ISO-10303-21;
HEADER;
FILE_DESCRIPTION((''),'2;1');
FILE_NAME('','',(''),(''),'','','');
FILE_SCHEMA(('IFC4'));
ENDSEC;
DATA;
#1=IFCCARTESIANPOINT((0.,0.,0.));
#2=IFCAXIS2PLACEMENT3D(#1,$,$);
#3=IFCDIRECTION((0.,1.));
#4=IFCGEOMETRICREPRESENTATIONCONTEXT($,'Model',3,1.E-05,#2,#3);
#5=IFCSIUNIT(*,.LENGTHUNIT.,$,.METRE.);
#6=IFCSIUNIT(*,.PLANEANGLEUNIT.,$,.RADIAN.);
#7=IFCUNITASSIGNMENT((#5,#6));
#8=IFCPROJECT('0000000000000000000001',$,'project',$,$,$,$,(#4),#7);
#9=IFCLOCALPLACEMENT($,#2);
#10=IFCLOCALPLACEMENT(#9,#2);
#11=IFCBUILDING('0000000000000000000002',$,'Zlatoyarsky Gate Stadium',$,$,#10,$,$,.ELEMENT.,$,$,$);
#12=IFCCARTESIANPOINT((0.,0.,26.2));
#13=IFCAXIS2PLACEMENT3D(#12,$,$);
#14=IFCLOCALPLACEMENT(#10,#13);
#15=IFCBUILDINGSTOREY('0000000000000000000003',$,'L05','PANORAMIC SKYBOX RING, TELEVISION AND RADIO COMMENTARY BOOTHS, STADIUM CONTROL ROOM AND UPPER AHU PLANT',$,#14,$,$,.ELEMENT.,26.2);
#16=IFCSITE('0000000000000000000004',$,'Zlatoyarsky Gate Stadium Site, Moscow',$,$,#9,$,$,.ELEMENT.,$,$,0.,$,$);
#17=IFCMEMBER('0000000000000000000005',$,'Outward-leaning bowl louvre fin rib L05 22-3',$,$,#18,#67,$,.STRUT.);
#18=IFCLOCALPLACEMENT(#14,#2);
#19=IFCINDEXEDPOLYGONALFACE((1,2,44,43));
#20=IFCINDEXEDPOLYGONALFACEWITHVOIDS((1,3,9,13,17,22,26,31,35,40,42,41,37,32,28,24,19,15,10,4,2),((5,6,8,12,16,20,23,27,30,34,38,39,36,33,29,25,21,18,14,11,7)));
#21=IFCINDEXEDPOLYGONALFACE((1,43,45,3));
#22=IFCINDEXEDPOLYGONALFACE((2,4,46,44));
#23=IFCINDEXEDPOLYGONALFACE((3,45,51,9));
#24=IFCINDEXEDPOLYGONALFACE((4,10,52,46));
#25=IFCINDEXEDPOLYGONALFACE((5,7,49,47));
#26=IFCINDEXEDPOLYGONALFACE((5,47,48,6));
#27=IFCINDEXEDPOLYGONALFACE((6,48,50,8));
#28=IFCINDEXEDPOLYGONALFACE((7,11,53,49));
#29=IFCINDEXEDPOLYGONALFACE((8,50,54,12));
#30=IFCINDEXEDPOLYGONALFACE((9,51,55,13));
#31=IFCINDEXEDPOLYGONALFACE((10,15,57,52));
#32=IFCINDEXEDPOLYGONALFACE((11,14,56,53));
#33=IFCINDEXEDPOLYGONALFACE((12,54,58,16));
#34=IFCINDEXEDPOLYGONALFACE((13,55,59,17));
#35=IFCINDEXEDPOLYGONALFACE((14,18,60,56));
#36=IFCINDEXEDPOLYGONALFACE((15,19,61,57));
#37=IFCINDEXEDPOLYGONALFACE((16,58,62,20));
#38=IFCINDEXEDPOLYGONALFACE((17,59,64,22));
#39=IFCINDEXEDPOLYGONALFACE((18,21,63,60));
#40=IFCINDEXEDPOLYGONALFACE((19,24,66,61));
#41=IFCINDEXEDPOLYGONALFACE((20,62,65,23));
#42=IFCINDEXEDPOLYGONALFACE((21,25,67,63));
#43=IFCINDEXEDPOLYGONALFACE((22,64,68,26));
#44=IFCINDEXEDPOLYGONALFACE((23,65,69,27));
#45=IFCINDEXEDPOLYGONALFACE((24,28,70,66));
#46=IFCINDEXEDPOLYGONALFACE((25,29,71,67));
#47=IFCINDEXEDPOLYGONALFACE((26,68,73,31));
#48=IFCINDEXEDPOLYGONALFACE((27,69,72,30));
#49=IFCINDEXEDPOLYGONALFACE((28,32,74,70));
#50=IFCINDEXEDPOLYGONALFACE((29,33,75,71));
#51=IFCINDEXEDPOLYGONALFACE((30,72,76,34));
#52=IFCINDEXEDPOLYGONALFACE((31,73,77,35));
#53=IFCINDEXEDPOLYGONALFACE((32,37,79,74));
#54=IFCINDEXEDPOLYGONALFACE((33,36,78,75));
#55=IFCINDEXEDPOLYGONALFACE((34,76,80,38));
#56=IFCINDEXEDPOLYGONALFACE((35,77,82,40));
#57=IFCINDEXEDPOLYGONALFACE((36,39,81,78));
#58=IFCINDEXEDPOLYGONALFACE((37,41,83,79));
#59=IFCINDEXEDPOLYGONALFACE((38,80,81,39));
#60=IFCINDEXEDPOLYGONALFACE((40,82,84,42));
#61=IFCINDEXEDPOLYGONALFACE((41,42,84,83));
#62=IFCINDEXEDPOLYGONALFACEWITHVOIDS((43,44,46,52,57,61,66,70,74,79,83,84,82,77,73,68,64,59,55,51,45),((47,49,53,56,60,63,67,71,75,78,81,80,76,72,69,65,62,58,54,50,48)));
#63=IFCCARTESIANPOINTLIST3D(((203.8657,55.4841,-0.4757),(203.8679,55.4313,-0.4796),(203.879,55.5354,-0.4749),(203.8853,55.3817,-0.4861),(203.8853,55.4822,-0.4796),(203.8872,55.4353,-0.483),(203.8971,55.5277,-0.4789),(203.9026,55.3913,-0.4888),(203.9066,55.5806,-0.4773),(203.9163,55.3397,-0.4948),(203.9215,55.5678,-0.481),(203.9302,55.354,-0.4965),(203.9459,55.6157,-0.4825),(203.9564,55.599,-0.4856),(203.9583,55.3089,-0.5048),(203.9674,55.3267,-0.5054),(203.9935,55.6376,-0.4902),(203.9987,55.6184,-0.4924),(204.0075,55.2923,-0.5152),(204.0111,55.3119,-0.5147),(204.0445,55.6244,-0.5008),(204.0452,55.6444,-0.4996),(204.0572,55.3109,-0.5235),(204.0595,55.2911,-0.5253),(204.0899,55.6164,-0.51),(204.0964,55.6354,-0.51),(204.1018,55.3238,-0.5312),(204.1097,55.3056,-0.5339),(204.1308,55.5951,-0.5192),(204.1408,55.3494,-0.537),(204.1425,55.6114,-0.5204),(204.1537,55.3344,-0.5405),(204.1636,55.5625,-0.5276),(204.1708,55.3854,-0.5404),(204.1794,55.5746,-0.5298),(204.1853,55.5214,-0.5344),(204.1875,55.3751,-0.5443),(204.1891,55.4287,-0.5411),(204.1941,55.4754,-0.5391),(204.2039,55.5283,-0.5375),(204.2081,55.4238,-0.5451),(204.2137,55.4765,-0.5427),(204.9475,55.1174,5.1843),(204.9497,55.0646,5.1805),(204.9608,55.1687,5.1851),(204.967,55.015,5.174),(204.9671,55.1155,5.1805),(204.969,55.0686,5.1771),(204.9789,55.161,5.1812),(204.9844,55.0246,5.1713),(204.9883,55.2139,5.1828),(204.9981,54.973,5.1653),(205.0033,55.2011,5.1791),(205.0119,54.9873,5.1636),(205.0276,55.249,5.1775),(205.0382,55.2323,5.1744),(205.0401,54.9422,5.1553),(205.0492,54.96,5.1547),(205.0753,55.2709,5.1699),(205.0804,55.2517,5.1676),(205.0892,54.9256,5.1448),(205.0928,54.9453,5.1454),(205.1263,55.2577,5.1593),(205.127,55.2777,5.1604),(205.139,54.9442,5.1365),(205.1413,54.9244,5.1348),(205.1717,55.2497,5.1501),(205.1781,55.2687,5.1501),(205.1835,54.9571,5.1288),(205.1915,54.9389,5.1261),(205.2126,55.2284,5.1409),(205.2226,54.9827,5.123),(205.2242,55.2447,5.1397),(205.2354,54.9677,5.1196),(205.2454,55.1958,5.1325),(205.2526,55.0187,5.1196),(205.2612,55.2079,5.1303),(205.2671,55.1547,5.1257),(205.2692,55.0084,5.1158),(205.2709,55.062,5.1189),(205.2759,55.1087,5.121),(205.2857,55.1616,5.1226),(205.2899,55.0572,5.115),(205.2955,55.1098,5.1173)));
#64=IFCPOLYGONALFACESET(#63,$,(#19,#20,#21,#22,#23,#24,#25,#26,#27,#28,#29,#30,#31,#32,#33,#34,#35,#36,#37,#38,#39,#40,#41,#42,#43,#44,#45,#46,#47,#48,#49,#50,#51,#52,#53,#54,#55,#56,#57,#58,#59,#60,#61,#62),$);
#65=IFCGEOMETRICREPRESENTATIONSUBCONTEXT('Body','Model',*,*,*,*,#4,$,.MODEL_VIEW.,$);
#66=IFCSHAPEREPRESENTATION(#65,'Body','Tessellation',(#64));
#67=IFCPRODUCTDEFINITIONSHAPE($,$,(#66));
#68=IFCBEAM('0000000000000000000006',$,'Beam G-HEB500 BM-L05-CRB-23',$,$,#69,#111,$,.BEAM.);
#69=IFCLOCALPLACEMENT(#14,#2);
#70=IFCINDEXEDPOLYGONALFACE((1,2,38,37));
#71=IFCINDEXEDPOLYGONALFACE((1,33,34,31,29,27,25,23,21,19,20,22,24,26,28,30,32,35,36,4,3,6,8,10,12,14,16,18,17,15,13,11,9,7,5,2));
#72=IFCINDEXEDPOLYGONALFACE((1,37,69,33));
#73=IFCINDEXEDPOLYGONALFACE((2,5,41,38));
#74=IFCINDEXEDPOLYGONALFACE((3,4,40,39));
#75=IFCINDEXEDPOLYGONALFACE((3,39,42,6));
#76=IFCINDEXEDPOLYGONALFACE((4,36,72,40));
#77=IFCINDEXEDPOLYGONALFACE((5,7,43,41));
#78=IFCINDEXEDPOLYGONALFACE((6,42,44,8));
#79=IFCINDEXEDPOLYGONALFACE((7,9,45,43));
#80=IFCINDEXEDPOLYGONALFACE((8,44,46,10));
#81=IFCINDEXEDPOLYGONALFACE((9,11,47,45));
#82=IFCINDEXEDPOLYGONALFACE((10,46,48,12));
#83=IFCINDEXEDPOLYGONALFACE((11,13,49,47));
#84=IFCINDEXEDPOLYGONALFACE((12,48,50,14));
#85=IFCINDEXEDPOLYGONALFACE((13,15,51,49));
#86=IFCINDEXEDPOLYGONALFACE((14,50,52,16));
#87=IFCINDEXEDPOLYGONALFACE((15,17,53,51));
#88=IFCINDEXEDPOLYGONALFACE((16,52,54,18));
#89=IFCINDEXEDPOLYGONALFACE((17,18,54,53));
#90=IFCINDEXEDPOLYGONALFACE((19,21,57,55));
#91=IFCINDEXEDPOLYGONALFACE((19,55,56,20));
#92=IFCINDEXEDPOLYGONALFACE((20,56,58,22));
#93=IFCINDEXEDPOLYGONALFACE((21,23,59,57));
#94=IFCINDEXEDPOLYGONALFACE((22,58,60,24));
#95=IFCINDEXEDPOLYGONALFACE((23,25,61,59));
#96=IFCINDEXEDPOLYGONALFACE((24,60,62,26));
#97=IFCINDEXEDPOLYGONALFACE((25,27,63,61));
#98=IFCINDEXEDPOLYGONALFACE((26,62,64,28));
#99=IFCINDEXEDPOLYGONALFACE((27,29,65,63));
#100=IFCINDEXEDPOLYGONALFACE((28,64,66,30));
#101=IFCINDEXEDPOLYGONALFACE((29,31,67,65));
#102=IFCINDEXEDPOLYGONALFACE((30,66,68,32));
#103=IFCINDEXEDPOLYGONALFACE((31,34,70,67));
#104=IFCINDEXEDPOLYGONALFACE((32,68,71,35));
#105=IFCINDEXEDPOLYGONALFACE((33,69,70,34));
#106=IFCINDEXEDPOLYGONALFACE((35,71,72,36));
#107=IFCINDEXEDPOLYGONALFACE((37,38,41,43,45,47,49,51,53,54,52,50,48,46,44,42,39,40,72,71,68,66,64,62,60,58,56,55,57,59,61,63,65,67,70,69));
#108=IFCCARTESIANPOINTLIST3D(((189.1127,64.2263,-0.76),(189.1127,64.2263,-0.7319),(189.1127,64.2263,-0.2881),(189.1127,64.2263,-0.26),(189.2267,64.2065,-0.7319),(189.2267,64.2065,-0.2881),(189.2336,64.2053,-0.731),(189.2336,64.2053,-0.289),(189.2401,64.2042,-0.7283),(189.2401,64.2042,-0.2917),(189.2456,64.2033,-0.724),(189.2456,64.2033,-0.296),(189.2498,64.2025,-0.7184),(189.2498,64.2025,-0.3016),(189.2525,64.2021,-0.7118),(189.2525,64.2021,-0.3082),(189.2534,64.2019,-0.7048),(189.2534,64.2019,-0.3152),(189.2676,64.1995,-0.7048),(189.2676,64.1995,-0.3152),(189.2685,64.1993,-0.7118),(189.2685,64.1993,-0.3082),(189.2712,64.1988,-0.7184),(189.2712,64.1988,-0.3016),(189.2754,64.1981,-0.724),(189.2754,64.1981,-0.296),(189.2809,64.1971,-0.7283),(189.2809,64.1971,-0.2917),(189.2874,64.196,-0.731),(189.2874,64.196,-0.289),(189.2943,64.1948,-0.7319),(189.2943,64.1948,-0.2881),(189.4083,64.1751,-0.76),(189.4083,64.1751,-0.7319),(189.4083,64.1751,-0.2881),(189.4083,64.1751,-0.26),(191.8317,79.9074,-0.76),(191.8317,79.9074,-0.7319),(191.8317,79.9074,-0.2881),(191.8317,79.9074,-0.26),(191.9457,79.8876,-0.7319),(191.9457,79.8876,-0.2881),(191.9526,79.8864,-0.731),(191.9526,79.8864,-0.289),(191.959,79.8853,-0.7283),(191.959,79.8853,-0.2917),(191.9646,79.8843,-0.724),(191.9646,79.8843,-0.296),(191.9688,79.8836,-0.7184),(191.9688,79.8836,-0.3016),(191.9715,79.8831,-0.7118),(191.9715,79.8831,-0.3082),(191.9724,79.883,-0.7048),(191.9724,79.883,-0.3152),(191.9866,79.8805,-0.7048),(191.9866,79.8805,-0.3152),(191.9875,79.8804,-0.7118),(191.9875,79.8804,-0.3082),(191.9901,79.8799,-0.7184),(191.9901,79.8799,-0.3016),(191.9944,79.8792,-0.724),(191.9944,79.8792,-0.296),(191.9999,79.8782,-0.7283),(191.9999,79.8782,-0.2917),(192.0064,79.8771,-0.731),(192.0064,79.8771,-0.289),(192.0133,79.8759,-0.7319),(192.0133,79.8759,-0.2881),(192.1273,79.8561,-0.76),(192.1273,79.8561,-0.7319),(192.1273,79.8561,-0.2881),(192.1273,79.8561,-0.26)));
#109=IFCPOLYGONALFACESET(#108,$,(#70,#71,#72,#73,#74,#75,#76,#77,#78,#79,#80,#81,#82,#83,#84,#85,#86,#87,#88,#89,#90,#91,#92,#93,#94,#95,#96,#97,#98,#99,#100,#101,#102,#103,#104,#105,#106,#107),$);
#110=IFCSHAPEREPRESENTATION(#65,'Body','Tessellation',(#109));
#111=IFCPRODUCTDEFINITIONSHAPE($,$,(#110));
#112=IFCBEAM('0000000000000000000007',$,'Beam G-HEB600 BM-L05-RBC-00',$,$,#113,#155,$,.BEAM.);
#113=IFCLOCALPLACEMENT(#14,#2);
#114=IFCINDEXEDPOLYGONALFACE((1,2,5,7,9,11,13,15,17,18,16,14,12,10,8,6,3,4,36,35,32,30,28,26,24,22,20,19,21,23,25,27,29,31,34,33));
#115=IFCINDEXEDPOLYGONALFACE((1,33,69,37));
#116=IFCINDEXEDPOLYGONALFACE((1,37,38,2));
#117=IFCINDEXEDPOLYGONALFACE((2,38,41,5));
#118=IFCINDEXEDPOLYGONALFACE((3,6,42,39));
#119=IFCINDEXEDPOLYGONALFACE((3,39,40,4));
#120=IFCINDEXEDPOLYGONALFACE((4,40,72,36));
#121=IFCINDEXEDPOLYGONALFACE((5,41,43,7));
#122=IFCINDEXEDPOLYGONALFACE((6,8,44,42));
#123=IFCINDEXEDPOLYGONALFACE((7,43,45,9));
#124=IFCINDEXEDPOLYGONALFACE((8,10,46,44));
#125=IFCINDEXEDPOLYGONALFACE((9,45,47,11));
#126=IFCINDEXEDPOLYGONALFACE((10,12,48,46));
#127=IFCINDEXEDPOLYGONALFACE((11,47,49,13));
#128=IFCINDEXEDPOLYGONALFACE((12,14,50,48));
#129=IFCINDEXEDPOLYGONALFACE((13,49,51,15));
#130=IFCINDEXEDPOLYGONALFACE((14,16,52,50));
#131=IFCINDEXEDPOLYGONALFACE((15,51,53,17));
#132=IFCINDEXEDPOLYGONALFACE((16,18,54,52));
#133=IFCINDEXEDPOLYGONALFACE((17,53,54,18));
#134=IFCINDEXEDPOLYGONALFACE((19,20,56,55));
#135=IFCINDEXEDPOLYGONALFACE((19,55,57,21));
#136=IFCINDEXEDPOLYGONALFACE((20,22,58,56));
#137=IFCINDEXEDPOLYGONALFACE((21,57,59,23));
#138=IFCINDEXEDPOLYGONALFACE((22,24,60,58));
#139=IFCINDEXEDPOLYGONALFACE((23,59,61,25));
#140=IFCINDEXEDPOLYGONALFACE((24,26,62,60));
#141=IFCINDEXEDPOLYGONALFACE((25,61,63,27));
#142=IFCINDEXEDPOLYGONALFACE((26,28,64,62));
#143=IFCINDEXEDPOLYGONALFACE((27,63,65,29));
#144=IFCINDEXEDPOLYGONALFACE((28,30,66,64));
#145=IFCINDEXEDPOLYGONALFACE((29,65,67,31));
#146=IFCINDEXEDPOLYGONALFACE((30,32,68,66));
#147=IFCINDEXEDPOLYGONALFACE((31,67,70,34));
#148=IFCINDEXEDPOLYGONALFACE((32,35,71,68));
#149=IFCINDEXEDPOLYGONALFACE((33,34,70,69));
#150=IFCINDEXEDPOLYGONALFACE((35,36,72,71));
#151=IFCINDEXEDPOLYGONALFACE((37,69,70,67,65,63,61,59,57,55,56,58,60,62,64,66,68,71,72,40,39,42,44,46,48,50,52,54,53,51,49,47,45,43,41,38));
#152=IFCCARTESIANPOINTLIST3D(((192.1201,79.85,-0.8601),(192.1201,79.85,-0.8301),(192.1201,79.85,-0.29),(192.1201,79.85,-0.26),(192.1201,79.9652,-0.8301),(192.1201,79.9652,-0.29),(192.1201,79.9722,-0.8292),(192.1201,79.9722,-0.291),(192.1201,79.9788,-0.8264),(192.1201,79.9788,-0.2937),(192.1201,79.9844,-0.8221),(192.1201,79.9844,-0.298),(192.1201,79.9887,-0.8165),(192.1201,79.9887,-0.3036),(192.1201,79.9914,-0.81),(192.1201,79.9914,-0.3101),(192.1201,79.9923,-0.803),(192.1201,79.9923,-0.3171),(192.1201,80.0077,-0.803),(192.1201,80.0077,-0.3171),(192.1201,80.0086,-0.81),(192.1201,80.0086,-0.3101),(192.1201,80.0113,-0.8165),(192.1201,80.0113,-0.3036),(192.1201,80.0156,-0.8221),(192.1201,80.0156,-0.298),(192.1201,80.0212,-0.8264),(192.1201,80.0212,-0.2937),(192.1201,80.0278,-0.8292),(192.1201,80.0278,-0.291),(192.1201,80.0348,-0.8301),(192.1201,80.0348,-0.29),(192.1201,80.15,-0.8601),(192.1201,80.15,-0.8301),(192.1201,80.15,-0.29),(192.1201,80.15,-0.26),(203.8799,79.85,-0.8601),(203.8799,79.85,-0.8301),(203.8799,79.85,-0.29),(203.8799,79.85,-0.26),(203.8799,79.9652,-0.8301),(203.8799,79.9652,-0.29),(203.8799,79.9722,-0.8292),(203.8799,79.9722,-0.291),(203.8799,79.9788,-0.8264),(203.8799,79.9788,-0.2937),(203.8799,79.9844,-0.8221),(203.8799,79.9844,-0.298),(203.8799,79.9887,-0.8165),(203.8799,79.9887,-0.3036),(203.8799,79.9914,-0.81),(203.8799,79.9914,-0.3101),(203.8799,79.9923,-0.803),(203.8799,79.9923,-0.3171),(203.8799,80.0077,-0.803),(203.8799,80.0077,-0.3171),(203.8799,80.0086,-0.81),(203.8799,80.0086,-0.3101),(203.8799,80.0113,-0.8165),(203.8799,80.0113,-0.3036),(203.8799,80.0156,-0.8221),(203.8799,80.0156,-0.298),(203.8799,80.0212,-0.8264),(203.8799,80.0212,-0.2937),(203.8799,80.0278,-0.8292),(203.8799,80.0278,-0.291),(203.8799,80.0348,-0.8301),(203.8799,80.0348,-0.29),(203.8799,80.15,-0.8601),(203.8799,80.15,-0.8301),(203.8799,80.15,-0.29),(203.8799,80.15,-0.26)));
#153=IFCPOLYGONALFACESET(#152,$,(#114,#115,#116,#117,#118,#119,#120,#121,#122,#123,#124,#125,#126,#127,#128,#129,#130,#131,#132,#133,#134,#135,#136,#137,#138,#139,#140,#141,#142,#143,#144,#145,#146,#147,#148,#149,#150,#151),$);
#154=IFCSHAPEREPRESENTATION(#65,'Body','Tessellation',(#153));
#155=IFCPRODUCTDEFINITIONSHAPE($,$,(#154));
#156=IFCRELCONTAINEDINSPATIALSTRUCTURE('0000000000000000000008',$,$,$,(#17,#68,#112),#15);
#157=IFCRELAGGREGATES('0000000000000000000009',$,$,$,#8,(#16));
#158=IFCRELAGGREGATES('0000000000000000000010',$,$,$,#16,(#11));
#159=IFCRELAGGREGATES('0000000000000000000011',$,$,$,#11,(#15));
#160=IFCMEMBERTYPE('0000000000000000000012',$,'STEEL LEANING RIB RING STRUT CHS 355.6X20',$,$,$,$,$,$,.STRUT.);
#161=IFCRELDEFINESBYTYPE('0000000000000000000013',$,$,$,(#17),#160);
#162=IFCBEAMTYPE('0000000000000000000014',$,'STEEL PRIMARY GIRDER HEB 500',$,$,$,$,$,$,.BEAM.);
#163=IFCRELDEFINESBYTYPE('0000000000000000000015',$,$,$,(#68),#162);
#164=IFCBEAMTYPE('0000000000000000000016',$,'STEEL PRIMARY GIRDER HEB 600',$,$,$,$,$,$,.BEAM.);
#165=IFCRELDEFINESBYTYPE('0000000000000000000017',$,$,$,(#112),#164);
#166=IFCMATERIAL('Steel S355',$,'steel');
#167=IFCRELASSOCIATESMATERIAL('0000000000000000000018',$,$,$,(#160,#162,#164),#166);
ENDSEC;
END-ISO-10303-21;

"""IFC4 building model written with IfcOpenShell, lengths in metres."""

from ifc_helpers import new_model, si_unit, direction, frame, origin, origin_2d, place, context, subcontext, project, spatial, hollow_circle, i_section, extrude, material, material_profile, profile_set, type_object, element, save


model = new_model("IFC4")

# Units and contexts
model_context = context("Model", 3, precision=1e-05, world=origin(), true_north=direction((0.0, 1.0)))
body_context = subcontext(model_context, "Body", "Model", "MODEL_VIEW")
ifc_project = project(units=[si_unit("LENGTHUNIT", "METRE"), si_unit("PLANEANGLEUNIT", "RADIAN")], contexts=[model_context])

# Site, building, storey
site_placement = place(None, origin())
site = spatial("IfcSite", under=ifc_project, at=site_placement, Name="Zlatoyarsky Gate Stadium Site, Moscow", CompositionType="ELEMENT", RefElevation=0.0)
building_placement = place(site_placement, origin())
building = spatial("IfcBuilding", under=site, at=building_placement, Name="Zlatoyarsky Gate Stadium", CompositionType="ELEMENT")
storey_placement = place(building_placement, frame((0.0, 0.0, 26.2)))
storey = spatial("IfcBuildingStorey", under=building, at=storey_placement, Name="L05", Description="PANORAMIC SKYBOX RING, TELEVISION AND RADIO COMMENTARY BOOTHS, STADIUM CONTROL ROOM AND UPPER AHU PLANT", CompositionType="ELEMENT", Elevation=26.2)

# Shared definitions
ifc_material_1 = material(Name="Steel S355", Category="steel")

# Member
ifc_material_profile_1 = material_profile(ifc_material_1, hollow_circle(Radius=0.1777, WallThickness=0.02, at=origin_2d()), Name="CHS 355.6X20")
ifc_profile_set_1 = profile_set([ifc_material_profile_1], Name="Steel S355")
member_type_1 = type_object("IfcMemberType", Name="STEEL LEANING RIB RING STRUT CHS 355.6X20", PredefinedType="STRUT", material=ifc_profile_set_1)
member_1_placement = place(storey_placement, frame((204.0393, 55.467, -0.51), z_axis=(0.187346, -0.063506, 0.980239), x_axis=(0.321033, 0.947068, 0.0)))
element("IfcMember", 1, at=member_1_placement, inside=storey, type_object=member_type_1, Name="Outward-leaning bowl louvre fin rib L05 22-3", PredefinedType="STRUT", context=body_context, shape_type="SweptSolid", body=[
    extrude(hollow_circle(Radius=0.1777, WallThickness=0.02, at=origin_2d()), origin(), (0.0, 0.0, 1.0), 5.7742),
])

# Beams
ifc_material_profile_2 = material_profile(ifc_material_1, i_section(OverallWidth=0.3, OverallDepth=0.5, WebThickness=0.0144, FlangeThickness=0.0281, FilletRadius=0.0271, at=origin_2d()), Name="HEB 500")
ifc_profile_set_2 = profile_set([ifc_material_profile_2], Name="Steel S355")
beam_type_1 = type_object("IfcBeamType", Name="STEEL PRIMARY GIRDER HEB 500", PredefinedType="BEAM", material=ifc_profile_set_2)
beam_1_placement = place(storey_placement, frame((189.2605, 64.2007, -0.51), z_axis=(0.170843, 0.985298, 0.0), x_axis=(-0.985298, 0.170843, 0.0)))
element("IfcBeam", 2, at=beam_1_placement, inside=storey, type_object=beam_type_1, Name="Beam G-HEB500 BM-L05-CRB-23", PredefinedType="BEAM", context=body_context, shape_type="SweptSolid", body=[
    extrude(i_section(OverallWidth=0.3, OverallDepth=0.5, WebThickness=0.0144, FlangeThickness=0.0281, FilletRadius=0.0271, at=origin_2d()), origin(), (0.0, 0.0, 1.0), 15.915),
])
ifc_material_profile_3 = material_profile(ifc_material_1, i_section(OverallWidth=0.3, OverallDepth=0.6001, WebThickness=0.0154, FlangeThickness=0.03, FilletRadius=0.0271, at=origin_2d()), Name="HEB 600")
ifc_profile_set_3 = profile_set([ifc_material_profile_3], Name="Steel S355")
beam_type_2 = type_object("IfcBeamType", Name="STEEL PRIMARY GIRDER HEB 600", PredefinedType="BEAM", material=ifc_profile_set_3)
beam_2_placement = place(storey_placement, frame((192.1201, 80.0, -0.5601), z_axis=(1.0, 0.0, 0.0), x_axis=(0.0, 1.0, 0.0)))
element("IfcBeam", 3, at=beam_2_placement, inside=storey, type_object=beam_type_2, Name="Beam G-HEB600 BM-L05-RBC-00", PredefinedType="BEAM", context=body_context, shape_type="SweptSolid", body=[
    extrude(i_section(OverallWidth=0.3, OverallDepth=0.6001, WebThickness=0.0154, FlangeThickness=0.03, FilletRadius=0.0271, at=origin_2d()), origin(), (0.0, 0.0, 1.0), 11.7598),
])

save(model, "model.ifc")
